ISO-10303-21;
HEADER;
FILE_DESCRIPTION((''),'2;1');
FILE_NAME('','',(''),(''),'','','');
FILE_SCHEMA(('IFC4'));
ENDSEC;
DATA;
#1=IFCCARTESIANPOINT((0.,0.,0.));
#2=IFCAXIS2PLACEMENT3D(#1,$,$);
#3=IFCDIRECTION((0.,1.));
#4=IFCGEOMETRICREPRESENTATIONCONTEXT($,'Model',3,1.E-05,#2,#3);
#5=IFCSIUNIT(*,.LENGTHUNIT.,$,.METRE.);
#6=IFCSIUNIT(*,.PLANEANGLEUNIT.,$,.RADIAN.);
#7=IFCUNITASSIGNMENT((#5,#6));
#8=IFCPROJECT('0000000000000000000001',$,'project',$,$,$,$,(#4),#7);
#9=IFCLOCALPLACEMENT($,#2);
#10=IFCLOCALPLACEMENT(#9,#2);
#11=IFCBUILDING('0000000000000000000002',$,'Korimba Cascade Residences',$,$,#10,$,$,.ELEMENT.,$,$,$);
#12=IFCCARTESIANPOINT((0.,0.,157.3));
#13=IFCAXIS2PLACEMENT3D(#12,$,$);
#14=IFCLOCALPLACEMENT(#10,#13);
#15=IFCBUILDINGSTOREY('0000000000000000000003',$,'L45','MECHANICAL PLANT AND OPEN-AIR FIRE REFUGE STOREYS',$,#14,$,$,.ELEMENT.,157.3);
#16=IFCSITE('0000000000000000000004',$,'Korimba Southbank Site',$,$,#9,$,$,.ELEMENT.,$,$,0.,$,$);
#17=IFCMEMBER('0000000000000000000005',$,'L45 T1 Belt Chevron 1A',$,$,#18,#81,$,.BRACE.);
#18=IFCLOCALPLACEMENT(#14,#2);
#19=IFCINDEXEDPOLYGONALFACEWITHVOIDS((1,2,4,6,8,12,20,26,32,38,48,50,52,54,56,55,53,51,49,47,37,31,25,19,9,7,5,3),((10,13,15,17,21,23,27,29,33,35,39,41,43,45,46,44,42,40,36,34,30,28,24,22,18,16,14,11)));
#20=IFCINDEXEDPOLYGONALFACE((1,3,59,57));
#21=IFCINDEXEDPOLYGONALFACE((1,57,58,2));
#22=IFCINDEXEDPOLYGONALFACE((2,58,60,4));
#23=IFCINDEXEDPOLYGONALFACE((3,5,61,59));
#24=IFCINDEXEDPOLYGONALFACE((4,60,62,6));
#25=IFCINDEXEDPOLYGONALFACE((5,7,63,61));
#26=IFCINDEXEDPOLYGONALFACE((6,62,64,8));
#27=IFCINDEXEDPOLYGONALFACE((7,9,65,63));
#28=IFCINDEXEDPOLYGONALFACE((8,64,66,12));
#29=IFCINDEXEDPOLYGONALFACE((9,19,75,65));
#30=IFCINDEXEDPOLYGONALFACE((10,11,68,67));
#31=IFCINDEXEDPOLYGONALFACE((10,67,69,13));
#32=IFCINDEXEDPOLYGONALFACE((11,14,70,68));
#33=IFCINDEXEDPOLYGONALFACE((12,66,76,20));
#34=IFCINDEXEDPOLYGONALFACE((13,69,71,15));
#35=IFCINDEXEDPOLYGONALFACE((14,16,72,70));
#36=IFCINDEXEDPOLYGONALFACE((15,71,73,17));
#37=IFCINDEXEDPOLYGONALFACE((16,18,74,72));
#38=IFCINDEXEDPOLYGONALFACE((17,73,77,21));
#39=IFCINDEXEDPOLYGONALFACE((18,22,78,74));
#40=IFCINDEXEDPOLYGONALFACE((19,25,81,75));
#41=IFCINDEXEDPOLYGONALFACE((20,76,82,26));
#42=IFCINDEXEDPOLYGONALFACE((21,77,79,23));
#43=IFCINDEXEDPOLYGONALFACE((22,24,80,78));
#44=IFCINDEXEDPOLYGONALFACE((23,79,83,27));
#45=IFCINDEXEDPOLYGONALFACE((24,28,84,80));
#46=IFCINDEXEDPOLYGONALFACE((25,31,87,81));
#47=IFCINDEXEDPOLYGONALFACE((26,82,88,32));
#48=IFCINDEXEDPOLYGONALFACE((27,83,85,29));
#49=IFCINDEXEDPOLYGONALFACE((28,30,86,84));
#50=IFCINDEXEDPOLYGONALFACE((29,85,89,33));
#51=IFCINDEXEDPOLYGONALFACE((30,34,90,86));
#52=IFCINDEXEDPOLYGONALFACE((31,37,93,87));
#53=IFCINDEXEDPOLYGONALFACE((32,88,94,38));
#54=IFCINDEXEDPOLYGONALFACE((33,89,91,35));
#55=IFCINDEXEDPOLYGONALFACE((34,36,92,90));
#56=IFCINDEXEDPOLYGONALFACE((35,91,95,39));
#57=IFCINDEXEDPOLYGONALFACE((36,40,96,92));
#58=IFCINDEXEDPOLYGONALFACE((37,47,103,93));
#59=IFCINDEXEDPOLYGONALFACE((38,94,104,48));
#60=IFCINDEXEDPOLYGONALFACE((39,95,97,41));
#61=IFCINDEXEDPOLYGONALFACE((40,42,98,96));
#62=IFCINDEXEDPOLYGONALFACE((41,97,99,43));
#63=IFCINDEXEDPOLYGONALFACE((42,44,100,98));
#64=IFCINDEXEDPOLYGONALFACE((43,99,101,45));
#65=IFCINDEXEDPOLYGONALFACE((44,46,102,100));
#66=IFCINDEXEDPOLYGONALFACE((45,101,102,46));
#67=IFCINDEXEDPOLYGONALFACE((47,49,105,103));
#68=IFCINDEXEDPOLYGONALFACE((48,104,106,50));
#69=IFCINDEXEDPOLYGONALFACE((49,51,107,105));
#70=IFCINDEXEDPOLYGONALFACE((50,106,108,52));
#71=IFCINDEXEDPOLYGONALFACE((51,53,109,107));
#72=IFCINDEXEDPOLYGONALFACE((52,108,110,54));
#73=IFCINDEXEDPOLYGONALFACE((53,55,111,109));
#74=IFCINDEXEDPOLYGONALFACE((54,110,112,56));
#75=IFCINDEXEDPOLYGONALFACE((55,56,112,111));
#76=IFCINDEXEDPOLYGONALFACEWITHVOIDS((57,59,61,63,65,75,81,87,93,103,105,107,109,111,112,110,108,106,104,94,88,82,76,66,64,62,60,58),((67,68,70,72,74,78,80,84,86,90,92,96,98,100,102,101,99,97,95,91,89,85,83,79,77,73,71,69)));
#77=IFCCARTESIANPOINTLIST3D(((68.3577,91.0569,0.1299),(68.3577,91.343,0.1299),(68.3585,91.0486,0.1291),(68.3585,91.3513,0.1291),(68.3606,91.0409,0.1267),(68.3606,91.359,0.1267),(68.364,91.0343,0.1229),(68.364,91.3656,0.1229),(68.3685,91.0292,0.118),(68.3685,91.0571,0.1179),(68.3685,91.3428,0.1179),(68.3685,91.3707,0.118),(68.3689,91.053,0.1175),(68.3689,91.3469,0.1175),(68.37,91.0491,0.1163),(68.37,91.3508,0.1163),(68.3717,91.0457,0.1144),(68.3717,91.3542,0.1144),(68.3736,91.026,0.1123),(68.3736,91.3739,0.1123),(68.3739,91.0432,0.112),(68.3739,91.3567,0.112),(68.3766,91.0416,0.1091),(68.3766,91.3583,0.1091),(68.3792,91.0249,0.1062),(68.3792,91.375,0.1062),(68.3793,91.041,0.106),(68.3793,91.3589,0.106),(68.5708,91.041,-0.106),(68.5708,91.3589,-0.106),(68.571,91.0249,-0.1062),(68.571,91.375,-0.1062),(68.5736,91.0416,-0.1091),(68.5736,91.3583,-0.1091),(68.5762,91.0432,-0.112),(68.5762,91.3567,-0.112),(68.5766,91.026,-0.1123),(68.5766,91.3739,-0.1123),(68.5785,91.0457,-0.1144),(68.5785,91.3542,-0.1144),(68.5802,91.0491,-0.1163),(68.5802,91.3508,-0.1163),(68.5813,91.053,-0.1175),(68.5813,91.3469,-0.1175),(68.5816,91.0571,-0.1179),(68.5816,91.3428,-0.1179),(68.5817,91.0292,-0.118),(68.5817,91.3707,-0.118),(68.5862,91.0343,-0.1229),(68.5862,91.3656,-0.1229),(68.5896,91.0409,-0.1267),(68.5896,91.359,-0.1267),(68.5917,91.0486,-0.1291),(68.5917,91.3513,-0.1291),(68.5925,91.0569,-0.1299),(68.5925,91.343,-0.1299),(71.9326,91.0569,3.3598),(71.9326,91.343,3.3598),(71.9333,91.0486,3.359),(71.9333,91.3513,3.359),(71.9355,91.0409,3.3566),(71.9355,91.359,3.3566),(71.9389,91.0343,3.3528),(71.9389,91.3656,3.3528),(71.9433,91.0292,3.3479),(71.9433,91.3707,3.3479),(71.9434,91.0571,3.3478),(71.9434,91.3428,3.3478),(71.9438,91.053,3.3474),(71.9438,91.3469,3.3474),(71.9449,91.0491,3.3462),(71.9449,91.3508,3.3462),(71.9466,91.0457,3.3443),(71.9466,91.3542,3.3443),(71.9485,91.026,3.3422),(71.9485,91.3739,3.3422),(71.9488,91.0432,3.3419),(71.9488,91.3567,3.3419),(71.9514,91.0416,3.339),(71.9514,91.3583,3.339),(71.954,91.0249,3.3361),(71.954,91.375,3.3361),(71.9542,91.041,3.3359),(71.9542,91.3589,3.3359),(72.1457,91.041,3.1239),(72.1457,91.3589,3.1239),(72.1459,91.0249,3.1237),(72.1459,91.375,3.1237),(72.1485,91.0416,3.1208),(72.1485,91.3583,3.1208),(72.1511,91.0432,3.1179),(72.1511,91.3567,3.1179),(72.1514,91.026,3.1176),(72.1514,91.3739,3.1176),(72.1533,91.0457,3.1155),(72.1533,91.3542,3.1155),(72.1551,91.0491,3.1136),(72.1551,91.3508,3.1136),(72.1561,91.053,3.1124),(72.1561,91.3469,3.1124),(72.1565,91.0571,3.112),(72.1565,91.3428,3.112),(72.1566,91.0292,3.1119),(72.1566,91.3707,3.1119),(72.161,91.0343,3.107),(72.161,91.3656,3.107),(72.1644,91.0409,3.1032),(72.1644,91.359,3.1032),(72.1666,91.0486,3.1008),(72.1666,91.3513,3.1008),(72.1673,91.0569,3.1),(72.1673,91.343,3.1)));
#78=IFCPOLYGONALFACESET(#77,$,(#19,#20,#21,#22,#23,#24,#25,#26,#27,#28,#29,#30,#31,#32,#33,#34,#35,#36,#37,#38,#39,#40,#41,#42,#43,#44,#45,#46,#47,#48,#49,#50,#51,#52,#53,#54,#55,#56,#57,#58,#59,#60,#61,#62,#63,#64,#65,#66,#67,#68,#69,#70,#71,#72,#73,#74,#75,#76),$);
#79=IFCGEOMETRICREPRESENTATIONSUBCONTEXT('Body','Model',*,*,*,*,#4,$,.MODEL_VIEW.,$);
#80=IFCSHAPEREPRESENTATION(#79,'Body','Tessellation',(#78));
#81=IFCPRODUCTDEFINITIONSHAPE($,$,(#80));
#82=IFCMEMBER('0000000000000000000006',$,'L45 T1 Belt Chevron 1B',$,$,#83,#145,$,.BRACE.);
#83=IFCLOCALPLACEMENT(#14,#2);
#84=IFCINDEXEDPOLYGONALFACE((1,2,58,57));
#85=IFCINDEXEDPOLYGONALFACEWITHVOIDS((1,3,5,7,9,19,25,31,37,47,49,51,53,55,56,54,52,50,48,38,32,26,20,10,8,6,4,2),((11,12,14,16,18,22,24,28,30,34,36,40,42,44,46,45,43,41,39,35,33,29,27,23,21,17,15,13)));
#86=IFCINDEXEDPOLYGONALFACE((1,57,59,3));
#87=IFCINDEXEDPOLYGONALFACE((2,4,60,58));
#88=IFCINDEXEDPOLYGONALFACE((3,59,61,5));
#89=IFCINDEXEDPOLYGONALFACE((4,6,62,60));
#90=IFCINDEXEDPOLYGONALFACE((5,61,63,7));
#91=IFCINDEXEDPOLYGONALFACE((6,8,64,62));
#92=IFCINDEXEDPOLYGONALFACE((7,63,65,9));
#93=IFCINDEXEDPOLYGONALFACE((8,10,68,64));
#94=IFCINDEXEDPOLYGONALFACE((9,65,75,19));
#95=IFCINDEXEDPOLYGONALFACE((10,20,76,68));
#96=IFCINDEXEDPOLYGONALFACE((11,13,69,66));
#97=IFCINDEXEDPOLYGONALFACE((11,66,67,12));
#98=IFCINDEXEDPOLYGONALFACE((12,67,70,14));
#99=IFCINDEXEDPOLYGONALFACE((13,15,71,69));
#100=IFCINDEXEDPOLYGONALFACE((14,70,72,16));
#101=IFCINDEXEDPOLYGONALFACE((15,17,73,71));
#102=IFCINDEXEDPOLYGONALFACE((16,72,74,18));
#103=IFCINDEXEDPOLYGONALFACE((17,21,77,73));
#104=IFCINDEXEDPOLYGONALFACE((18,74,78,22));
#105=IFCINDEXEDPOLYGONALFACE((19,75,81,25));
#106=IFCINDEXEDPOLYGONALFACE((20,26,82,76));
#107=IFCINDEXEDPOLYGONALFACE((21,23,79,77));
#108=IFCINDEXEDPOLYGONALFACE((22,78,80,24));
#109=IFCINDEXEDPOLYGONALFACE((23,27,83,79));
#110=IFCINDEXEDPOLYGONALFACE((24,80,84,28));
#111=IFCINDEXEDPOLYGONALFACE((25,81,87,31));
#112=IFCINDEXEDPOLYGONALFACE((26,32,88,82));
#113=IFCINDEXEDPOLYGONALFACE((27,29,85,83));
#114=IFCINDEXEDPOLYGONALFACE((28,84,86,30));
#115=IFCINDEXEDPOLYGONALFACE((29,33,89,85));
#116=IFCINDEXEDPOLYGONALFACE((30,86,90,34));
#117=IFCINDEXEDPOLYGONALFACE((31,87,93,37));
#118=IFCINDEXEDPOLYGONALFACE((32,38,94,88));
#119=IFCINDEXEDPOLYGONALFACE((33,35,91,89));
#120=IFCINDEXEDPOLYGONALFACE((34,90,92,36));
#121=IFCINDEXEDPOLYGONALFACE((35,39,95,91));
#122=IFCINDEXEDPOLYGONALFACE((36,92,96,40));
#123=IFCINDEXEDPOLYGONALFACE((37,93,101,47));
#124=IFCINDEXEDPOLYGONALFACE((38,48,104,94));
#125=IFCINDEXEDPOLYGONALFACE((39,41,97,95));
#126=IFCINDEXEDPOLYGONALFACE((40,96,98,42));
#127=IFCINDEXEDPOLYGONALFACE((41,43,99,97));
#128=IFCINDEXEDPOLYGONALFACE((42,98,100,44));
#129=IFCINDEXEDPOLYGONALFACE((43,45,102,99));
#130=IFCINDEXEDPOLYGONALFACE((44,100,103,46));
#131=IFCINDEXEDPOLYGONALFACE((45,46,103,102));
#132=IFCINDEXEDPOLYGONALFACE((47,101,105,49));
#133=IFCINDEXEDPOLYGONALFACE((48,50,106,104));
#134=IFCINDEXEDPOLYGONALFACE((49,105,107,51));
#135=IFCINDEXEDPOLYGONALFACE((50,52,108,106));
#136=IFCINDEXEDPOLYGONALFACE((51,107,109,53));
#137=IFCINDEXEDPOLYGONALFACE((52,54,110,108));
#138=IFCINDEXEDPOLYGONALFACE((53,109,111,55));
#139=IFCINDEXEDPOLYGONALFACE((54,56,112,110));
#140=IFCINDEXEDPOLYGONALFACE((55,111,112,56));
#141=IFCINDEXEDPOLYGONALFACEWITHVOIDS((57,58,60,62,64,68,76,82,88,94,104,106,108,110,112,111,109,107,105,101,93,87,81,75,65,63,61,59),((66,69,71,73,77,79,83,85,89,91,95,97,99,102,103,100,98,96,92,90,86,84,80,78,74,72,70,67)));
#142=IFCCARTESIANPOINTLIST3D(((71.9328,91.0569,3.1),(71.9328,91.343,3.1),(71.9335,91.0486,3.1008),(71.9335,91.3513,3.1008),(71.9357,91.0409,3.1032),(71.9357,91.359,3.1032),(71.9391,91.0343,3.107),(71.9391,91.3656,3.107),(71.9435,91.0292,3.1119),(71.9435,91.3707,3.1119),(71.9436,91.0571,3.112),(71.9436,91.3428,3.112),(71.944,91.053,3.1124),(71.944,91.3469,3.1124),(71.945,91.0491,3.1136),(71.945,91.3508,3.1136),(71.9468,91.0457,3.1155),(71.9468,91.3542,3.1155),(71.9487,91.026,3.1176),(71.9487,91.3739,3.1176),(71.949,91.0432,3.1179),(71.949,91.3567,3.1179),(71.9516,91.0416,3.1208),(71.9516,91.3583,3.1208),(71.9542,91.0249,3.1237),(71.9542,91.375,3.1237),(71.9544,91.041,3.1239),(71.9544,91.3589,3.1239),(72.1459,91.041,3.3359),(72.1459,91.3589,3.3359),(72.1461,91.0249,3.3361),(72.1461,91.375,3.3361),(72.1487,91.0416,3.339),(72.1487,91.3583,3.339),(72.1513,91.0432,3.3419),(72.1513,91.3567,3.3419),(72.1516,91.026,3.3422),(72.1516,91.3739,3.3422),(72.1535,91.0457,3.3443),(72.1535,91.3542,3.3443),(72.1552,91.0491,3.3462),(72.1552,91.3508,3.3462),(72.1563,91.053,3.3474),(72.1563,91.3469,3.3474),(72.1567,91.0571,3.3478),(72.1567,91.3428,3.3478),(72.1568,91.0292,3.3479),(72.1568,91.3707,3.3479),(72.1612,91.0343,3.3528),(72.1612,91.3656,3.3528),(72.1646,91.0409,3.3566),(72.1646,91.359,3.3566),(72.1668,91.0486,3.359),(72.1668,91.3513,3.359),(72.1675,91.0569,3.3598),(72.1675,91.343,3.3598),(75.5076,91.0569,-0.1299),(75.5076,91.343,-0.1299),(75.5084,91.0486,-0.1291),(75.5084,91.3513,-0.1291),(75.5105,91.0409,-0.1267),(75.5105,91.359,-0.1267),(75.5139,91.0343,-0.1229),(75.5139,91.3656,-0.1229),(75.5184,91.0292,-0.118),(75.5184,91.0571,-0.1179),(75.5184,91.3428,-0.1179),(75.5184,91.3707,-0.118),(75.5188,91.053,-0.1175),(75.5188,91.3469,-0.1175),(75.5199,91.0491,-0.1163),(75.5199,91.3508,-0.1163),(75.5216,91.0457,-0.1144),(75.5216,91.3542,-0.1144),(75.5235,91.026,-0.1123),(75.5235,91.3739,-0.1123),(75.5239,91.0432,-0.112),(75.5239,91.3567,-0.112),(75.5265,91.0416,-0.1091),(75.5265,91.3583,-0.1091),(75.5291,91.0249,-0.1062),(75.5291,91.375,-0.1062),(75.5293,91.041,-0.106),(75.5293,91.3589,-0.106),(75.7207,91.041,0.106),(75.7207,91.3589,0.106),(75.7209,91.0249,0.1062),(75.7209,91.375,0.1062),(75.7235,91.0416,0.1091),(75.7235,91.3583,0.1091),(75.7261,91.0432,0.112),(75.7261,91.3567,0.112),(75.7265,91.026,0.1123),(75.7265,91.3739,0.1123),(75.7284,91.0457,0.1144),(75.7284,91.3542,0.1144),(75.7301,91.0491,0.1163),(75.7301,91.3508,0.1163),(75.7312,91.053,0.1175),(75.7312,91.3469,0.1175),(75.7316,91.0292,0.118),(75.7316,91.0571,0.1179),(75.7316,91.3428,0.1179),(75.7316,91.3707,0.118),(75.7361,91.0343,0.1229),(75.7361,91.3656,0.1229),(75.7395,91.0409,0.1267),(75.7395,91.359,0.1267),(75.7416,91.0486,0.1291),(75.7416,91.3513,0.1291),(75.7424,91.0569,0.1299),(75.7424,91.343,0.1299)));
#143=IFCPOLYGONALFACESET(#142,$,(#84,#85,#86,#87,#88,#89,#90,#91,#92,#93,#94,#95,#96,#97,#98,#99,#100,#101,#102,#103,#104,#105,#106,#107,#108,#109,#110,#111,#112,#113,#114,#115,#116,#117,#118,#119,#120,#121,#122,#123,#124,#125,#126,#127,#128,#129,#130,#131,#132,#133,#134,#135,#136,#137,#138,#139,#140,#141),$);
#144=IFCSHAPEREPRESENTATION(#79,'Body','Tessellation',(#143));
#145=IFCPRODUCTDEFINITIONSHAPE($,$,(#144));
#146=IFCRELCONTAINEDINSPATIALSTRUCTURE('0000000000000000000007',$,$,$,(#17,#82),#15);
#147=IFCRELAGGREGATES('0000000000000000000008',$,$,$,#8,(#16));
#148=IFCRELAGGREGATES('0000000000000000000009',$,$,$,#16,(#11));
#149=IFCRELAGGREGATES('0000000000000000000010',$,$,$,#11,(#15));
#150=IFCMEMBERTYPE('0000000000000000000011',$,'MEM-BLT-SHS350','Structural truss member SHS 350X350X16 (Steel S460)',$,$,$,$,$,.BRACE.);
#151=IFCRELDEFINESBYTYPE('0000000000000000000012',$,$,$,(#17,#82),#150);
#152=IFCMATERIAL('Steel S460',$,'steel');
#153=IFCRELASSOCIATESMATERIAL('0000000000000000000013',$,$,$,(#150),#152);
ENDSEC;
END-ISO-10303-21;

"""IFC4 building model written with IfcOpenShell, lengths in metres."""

from ifc_helpers import new_model, si_unit, direction, frame, origin, origin_2d, place, context, subcontext, project, spatial, hollow_rectangle, extrude, material, material_profile, profile_set, type_object, element, save


model = new_model("IFC4")

# Units and contexts
model_context = context("Model", 3, precision=1e-05, world=origin(), true_north=direction((0.0, 1.0)))
body_context = subcontext(model_context, "Body", "Model", "MODEL_VIEW")
ifc_project = project(units=[si_unit("LENGTHUNIT", "METRE"), si_unit("PLANEANGLEUNIT", "RADIAN")], contexts=[model_context])

# Site, building, storey
site_placement = place(None, origin())
site = spatial("IfcSite", under=ifc_project, at=site_placement, Name="Korimba Southbank Site", CompositionType="ELEMENT", RefElevation=0.0)
building_placement = place(site_placement, origin())
building = spatial("IfcBuilding", under=site, at=building_placement, Name="Korimba Cascade Residences", CompositionType="ELEMENT")
storey_placement = place(building_placement, frame((0.0, 0.0, 157.3)))
storey = spatial("IfcBuildingStorey", under=building, at=storey_placement, Name="L45", Description="MECHANICAL PLANT AND OPEN-AIR FIRE REFUGE STOREYS", CompositionType="ELEMENT", Elevation=157.3)

# Members
ifc_material_1 = material(Name="Steel S460", Category="steel")
ifc_material_profile_1 = material_profile(ifc_material_1, hollow_rectangle(XDim=0.3501, YDim=0.3501, WallThickness=0.0161, InnerFilletRadius=0.0161, OuterFilletRadius=0.032, at=origin_2d()), Name="Steel S460")
ifc_profile_set_1 = profile_set([ifc_material_profile_1], Name="Steel S460")
member_type_1 = type_object("IfcMemberType", Name="MEM-BLT-SHS350", Description="Structural truss member SHS 350X350X16 (Steel S460)", PredefinedType="BRACE", material=ifc_profile_set_1)
for number, where, z_axis, x_axis, name in (
    (1, (68.4751, 91.2, 0.0), (0.742, 0.0, 0.6704), (0.0, 1.0, 0.0), "L45 T1 Belt Chevron 1A"),
    (2, (75.625, 91.2, 0.0), (-0.742, 0.0, 0.6704), (0.0, -1.0, 0.0), "L45 T1 Belt Chevron 1B"),
):
    element("IfcMember", number, at=place(storey_placement, frame(where, z_axis=z_axis, x_axis=x_axis)), inside=storey, type_object=member_type_1, Name=name, PredefinedType="BRACE", context=body_context, shape_type="SweptSolid", body=[
        extrude(hollow_rectangle(XDim=0.3501, YDim=0.3501, WallThickness=0.0161, InnerFilletRadius=0.0161, OuterFilletRadius=0.032, at=origin_2d()), origin(), (0.0, 0.0, 1.0), 4.8179),
    ])

save(model, "model.ifc")
